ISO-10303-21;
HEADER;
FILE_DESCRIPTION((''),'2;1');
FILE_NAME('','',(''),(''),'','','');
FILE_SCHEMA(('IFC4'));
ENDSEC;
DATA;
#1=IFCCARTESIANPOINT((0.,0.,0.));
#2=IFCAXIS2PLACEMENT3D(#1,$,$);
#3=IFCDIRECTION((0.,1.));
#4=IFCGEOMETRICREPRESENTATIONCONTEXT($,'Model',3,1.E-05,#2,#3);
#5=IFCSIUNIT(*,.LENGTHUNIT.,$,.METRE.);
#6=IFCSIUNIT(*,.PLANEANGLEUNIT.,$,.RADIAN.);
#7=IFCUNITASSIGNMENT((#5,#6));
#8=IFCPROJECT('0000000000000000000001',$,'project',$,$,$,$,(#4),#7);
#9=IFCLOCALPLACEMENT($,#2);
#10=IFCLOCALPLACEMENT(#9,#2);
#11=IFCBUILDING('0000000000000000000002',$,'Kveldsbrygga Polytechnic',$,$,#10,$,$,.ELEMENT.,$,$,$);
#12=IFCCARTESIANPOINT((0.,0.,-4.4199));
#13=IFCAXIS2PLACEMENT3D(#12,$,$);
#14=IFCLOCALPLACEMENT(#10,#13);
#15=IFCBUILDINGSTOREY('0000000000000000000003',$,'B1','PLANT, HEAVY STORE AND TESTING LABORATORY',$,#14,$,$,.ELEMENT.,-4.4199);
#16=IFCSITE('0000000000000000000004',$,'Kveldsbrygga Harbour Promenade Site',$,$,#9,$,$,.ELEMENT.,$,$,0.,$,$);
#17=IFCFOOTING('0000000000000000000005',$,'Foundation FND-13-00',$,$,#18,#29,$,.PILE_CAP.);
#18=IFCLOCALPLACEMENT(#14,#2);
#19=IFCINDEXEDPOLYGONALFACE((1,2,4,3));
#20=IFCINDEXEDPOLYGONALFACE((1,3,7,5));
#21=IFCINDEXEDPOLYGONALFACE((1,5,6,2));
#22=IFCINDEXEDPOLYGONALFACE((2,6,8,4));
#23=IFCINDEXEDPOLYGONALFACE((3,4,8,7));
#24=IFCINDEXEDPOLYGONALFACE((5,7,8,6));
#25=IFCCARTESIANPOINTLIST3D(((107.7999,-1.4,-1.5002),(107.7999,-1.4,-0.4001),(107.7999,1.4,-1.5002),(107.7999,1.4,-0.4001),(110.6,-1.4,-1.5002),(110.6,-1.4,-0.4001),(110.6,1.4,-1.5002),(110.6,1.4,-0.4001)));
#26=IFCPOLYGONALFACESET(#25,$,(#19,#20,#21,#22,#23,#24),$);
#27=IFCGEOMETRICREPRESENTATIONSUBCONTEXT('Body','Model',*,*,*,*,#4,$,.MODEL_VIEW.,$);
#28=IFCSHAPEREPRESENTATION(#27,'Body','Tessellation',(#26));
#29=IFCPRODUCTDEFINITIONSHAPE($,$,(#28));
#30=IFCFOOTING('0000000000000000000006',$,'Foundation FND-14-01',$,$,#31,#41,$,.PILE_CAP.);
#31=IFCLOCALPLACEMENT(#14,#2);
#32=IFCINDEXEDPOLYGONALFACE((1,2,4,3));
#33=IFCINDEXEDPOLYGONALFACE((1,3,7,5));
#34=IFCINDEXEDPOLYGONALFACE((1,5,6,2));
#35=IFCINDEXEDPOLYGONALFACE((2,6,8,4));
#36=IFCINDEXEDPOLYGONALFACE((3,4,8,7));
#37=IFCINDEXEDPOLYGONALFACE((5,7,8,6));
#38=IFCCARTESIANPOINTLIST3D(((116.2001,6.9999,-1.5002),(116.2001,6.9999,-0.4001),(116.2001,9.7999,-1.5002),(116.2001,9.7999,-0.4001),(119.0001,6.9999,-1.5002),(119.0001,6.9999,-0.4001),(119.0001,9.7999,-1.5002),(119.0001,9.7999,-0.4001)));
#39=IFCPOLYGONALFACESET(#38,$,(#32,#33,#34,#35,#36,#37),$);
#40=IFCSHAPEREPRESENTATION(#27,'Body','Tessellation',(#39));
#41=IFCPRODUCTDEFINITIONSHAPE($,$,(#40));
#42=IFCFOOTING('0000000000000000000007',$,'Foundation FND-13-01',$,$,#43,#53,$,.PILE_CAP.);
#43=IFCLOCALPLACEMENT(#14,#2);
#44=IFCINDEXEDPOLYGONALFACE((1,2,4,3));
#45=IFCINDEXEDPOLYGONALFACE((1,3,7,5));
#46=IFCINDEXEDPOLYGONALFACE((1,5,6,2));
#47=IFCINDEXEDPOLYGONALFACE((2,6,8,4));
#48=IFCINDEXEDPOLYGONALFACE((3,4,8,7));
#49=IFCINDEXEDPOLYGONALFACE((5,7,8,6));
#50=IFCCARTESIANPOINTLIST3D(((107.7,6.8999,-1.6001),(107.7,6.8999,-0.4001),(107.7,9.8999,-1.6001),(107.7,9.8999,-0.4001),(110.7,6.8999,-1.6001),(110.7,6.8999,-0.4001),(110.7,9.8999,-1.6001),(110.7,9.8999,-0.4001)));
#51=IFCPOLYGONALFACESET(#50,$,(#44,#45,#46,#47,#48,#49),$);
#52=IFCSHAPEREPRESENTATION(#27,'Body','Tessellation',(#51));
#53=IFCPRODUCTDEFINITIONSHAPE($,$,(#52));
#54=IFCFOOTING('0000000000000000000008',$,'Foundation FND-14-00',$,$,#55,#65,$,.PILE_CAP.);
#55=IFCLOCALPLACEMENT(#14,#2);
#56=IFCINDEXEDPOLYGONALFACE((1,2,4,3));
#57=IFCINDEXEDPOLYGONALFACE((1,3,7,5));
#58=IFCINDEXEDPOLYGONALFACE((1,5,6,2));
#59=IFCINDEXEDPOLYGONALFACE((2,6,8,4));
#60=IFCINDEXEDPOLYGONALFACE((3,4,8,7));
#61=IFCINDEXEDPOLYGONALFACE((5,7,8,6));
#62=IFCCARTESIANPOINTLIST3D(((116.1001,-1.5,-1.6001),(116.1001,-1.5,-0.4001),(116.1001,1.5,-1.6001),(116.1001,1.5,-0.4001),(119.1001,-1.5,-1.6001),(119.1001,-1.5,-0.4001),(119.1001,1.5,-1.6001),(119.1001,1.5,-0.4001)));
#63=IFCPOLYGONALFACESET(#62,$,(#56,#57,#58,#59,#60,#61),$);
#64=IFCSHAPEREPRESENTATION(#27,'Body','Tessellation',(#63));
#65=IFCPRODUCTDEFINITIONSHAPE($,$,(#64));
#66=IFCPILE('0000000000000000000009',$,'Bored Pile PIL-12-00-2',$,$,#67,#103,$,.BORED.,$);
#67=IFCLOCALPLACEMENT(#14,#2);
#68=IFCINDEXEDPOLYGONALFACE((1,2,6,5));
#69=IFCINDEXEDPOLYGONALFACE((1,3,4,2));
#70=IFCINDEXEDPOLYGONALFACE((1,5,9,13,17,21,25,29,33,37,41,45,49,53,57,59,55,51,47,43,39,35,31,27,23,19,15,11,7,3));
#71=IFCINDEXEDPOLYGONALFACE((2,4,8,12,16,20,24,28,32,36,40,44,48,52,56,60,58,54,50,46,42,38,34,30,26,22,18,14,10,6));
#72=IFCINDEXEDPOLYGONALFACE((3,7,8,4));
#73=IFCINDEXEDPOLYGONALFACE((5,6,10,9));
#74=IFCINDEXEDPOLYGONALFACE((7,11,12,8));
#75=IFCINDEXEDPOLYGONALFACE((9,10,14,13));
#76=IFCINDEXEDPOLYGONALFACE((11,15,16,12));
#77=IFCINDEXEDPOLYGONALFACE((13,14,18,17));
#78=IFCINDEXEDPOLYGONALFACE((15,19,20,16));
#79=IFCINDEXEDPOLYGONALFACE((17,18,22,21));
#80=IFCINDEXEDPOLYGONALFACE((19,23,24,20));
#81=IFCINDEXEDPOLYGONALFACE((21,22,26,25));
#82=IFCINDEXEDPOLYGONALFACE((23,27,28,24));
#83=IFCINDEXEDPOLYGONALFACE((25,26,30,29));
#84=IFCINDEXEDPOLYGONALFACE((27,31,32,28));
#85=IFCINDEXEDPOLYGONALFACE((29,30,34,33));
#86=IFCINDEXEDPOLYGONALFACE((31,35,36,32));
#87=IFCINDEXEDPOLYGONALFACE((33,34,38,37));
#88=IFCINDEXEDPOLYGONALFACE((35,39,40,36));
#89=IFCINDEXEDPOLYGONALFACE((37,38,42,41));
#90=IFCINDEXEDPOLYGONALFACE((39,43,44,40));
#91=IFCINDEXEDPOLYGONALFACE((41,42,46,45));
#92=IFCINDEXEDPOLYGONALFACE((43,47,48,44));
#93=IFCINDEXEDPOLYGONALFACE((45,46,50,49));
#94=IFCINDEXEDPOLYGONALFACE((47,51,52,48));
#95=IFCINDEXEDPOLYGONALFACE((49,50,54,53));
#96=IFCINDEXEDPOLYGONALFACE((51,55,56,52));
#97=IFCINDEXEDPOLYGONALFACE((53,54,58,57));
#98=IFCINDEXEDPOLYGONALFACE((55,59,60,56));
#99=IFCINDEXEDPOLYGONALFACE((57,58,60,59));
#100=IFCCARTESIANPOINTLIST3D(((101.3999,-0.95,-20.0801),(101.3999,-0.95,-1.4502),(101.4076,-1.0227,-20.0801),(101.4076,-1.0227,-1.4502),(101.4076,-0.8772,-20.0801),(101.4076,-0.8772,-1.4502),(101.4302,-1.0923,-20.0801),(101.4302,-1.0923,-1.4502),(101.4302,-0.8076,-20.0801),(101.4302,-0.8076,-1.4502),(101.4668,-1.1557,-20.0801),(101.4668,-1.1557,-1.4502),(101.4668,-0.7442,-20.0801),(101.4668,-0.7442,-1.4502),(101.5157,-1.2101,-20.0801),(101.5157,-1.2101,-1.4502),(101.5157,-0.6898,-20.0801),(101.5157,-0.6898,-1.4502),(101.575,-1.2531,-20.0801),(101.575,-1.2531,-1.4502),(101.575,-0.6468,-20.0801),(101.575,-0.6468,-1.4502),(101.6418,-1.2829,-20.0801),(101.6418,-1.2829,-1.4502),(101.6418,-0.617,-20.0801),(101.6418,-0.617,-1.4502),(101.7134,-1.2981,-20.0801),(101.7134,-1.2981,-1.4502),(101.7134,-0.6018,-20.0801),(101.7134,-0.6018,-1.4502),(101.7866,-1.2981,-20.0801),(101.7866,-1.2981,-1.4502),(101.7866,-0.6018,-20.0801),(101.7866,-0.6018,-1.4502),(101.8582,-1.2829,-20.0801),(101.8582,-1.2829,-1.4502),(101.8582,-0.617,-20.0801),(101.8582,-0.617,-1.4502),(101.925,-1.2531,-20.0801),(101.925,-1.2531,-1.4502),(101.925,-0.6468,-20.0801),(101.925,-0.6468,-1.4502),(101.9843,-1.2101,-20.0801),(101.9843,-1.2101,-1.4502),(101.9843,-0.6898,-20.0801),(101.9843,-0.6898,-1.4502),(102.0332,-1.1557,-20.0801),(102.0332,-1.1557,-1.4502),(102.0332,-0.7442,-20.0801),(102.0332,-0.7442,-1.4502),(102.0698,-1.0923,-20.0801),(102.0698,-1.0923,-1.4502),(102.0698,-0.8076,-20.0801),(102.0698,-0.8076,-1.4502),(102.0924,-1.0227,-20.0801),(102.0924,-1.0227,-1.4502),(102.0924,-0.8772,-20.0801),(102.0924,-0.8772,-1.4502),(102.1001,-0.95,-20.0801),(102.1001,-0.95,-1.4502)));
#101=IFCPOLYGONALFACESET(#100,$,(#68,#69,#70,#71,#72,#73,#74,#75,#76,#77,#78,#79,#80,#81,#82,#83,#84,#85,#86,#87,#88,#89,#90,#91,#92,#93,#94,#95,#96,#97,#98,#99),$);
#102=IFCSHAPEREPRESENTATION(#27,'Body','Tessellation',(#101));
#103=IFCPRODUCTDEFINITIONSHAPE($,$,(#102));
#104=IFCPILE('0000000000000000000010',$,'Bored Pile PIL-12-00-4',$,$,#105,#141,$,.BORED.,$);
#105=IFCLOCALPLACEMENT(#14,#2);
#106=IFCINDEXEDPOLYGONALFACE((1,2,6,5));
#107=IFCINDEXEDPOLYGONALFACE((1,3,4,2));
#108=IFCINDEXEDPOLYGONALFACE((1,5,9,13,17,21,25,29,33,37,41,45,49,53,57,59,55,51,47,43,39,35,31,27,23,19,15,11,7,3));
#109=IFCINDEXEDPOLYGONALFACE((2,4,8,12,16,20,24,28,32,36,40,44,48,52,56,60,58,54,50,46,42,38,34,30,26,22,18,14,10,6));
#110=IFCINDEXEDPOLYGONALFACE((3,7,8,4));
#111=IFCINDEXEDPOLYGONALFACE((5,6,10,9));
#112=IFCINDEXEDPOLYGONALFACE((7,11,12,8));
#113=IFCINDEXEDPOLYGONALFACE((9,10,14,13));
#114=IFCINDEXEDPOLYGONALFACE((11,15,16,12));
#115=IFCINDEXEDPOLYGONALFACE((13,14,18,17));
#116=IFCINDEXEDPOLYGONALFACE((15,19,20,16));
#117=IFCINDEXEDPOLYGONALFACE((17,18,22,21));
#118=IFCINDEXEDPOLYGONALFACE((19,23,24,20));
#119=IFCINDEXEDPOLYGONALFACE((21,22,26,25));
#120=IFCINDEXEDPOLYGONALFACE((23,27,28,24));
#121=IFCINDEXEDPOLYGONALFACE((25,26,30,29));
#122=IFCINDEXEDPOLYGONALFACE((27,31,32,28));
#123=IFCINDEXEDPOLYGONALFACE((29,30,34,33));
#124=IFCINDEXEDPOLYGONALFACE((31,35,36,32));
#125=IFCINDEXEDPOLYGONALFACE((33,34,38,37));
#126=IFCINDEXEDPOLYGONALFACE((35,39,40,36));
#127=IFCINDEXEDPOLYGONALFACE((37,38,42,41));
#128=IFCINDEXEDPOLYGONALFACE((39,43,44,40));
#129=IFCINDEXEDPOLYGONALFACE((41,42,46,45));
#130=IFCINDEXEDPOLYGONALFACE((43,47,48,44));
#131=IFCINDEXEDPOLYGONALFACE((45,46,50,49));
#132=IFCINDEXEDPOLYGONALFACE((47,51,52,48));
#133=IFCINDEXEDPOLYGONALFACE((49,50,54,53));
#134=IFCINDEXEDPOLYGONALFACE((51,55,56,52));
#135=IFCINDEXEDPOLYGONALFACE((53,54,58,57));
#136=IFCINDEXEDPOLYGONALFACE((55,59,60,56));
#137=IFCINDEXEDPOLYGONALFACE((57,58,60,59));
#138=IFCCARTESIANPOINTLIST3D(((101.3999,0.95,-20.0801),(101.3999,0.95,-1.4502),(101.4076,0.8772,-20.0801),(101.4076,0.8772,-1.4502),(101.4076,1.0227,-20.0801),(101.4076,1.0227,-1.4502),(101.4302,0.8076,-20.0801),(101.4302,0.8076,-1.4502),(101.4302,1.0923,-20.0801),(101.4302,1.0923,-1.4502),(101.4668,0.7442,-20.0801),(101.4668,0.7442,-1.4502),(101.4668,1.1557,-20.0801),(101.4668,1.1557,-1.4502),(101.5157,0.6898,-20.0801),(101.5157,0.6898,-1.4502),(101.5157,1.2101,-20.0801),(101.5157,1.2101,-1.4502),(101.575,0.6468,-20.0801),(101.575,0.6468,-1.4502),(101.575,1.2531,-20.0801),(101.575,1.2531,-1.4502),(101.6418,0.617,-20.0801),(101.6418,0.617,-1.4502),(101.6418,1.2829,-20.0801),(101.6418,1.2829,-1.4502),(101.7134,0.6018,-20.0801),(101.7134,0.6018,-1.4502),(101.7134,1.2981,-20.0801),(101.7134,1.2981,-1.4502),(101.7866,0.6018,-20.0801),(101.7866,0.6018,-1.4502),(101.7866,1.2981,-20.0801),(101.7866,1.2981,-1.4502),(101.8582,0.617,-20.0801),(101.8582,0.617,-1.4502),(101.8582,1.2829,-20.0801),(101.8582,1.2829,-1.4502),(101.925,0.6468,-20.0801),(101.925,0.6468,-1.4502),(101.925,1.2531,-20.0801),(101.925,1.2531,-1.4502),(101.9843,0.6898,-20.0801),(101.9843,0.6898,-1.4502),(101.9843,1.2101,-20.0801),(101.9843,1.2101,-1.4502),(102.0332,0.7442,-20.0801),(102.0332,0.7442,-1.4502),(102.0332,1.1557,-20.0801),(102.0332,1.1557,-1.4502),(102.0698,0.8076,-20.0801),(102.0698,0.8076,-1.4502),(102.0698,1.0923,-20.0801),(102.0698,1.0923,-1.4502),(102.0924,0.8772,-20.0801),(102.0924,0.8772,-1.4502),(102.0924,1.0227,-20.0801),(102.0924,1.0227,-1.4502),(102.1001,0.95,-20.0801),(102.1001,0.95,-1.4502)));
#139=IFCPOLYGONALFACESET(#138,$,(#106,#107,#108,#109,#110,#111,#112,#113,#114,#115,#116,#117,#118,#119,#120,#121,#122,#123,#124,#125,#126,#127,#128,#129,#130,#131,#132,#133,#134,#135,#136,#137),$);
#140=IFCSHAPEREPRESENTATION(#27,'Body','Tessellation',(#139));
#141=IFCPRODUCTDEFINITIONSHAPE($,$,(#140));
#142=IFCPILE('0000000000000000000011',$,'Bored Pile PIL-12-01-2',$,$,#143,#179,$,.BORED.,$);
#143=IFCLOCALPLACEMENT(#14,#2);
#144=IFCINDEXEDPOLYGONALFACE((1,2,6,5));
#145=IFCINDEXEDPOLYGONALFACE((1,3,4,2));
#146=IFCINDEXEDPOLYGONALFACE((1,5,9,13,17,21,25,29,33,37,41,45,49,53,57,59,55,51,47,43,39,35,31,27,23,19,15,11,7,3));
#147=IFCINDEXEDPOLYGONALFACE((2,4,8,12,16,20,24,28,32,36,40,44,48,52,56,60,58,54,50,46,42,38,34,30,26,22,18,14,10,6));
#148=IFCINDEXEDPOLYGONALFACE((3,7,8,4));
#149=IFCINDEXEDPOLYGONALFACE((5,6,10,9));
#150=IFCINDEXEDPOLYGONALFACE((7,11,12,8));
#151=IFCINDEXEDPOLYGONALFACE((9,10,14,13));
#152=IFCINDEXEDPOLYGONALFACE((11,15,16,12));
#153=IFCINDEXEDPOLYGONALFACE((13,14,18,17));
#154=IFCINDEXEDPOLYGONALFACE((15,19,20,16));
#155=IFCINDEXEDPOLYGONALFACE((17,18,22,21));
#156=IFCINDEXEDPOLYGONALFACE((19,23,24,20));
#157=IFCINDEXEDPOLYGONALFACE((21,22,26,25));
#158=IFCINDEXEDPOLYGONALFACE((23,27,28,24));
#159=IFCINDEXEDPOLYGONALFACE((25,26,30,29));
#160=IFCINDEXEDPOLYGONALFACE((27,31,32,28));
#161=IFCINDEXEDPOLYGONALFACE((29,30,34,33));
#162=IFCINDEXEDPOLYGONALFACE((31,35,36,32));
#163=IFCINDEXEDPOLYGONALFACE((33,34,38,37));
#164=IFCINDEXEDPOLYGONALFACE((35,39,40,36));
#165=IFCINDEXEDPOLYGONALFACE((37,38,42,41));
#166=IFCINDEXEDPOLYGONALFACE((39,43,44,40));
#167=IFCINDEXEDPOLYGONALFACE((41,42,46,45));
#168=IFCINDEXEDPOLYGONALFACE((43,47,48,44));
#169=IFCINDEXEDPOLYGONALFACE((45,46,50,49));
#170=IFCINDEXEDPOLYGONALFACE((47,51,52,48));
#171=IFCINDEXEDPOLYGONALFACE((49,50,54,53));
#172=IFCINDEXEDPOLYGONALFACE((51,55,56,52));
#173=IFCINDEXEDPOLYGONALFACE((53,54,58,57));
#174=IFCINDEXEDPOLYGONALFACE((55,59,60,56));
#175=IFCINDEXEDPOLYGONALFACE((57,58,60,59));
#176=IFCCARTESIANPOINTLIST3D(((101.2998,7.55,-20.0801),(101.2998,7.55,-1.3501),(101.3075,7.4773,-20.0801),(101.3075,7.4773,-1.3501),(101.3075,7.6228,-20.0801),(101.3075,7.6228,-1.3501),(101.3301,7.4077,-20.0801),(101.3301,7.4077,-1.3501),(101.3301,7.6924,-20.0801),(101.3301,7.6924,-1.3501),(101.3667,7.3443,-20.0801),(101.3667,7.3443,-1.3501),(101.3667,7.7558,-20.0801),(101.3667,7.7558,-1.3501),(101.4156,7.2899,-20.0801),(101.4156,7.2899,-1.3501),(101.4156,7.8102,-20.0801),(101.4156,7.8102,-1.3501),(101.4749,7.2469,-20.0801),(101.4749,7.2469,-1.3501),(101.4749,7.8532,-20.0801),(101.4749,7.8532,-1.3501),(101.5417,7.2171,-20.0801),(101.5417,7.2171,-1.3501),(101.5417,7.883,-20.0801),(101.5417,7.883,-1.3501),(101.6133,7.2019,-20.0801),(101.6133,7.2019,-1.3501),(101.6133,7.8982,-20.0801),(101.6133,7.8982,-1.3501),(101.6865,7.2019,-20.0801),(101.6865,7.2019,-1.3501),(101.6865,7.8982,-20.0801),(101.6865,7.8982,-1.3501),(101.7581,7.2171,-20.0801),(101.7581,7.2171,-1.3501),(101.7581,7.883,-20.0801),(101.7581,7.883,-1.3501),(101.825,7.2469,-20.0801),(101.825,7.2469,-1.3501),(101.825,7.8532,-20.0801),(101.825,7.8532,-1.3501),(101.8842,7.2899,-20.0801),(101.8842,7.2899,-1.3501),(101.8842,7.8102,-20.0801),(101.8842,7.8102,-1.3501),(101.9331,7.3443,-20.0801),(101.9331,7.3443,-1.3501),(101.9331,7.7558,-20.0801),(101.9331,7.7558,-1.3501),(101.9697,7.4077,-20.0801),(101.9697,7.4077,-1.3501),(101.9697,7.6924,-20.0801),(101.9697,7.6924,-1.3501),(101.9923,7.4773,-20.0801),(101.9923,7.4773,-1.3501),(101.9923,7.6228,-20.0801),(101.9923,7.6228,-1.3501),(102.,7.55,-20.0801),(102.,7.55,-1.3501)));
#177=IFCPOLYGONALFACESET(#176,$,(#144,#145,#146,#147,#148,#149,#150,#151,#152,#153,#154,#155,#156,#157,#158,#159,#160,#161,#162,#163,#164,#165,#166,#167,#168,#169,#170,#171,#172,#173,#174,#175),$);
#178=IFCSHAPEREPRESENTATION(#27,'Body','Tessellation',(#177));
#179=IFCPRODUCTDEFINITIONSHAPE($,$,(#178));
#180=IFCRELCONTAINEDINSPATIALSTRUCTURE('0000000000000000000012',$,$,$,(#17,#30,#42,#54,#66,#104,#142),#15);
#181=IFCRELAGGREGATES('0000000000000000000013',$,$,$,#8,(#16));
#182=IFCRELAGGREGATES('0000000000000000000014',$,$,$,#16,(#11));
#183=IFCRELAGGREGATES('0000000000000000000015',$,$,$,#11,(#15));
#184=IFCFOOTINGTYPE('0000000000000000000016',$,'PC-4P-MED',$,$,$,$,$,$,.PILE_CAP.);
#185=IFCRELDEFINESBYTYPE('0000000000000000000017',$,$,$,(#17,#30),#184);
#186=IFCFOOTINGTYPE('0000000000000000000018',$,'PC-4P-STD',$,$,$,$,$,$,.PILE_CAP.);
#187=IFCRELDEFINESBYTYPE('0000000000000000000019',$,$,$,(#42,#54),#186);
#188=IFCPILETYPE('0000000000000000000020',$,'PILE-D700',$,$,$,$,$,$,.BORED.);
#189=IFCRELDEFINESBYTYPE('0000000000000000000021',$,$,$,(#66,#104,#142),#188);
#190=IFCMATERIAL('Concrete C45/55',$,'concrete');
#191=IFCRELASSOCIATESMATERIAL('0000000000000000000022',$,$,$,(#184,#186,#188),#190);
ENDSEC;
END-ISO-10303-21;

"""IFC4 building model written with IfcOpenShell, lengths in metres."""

from ifc_helpers import new_model, si_unit, direction, frame, origin, origin_2d, place, context, subcontext, project, spatial, rectangle, circle, extrude, material, material_profile, profile_set, type_object, element, save


model = new_model("IFC4")

# Units and contexts
model_context = context("Model", 3, precision=1e-05, world=origin(), true_north=direction((0.0, 1.0)))
body_context = subcontext(model_context, "Body", "Model", "MODEL_VIEW")
ifc_project = project(units=[si_unit("LENGTHUNIT", "METRE"), si_unit("PLANEANGLEUNIT", "RADIAN")], contexts=[model_context])

# Site, building, storey
site_placement = place(None, origin())
site = spatial("IfcSite", under=ifc_project, at=site_placement, Name="Kveldsbrygga Harbour Promenade Site", CompositionType="ELEMENT", RefElevation=0.0)
building_placement = place(site_placement, origin())
building = spatial("IfcBuilding", under=site, at=building_placement, Name="Kveldsbrygga Polytechnic", CompositionType="ELEMENT")
storey_placement = place(building_placement, frame((0.0, 0.0, -4.4199)))
storey = spatial("IfcBuildingStorey", under=building, at=storey_placement, Name="B1", Description="PLANT, HEAVY STORE AND TESTING LABORATORY", CompositionType="ELEMENT", Elevation=-4.4199)

# Footings
ifc_material_1 = material(Name="Concrete C45/55", Category="concrete")
footing_type_1 = type_object("IfcFootingType", Name="PC-4P-MED", PredefinedType="PILE_CAP", material=ifc_material_1)
for number, where, z_axis, x_axis, name in (
    (1, (109.2, 0.0, -1.5002), (0.0, 0.0, 1.0), (1.0, 0.0, 0.0), "Foundation FND-13-00"),
    (2, (117.6001, 8.3999, -1.5002), (0.0, 0.0, 1.0), (1.0, 0.0, 0.0), "Foundation FND-14-01"),
):
    element("IfcFooting", number, at=place(storey_placement, frame(where, z_axis=z_axis, x_axis=x_axis)), inside=storey, type_object=footing_type_1, Name=name, PredefinedType="PILE_CAP", context=body_context, shape_type="SweptSolid", body=[
        extrude(rectangle(XDim=2.8, YDim=2.8, at=origin_2d()), origin(), (0.0, 0.0, 1.0), 1.1001),
    ])
footing_type_2 = type_object("IfcFootingType", Name="PC-4P-STD", PredefinedType="PILE_CAP", material=ifc_material_1)
for number, where, z_axis, x_axis, name in (
    (3, (109.2, 8.3999, -1.6001), (0.0, 0.0, 1.0), (1.0, 0.0, 0.0), "Foundation FND-13-01"),
    (4, (117.6001, 0.0, -1.6001), (0.0, 0.0, 1.0), (1.0, 0.0, 0.0), "Foundation FND-14-00"),
):
    element("IfcFooting", number, at=place(storey_placement, frame(where, z_axis=z_axis, x_axis=x_axis)), inside=storey, type_object=footing_type_2, Name=name, PredefinedType="PILE_CAP", context=body_context, shape_type="SweptSolid", body=[
        extrude(rectangle(XDim=3.0, YDim=3.0, at=origin_2d()), origin(), (0.0, 0.0, 1.0), 1.2),
    ])

# Piles
ifc_material_profile_1 = material_profile(ifc_material_1, circle(Radius=0.3501, at=origin_2d()), Name="PILE D700")
ifc_profile_set_1 = profile_set([ifc_material_profile_1], Name="Concrete C45/55")
pile_type = type_object("IfcPileType", Name="PILE-D700", PredefinedType="BORED", material=ifc_profile_set_1)
for number, where, z_axis, x_axis, name in (
    (5, (101.75, -0.95, -1.4502), (0.0, 0.0, -1.0), (1.0, 0.0, 0.0), "Bored Pile PIL-12-00-2"),
    (6, (101.75, 0.95, -1.4502), (0.0, 0.0, -1.0), (1.0, 0.0, 0.0), "Bored Pile PIL-12-00-4"),
):
    element("IfcPile", number, at=place(storey_placement, frame(where, z_axis=z_axis, x_axis=x_axis)), inside=storey, type_object=pile_type, Name=name, PredefinedType="BORED", context=body_context, shape_type="SweptSolid", body=[
        extrude(circle(Radius=0.3501, at=origin_2d()), origin(), (0.0, 0.0, 1.0), 18.6299),
    ])
for number, where, z_axis, x_axis, name in (
    (7, (101.6499, 7.55, -1.3501), (0.0, 0.0, -1.0), (1.0, 0.0, 0.0), "Bored Pile PIL-12-01-2"),
):
    element("IfcPile", number, at=place(storey_placement, frame(where, z_axis=z_axis, x_axis=x_axis)), inside=storey, type_object=pile_type, Name=name, PredefinedType="BORED", context=body_context, shape_type="SweptSolid", body=[
        extrude(circle(Radius=0.3501, at=origin_2d()), origin(), (0.0, 0.0, 1.0), 18.73),
    ])

save(model, "model.ifc")
